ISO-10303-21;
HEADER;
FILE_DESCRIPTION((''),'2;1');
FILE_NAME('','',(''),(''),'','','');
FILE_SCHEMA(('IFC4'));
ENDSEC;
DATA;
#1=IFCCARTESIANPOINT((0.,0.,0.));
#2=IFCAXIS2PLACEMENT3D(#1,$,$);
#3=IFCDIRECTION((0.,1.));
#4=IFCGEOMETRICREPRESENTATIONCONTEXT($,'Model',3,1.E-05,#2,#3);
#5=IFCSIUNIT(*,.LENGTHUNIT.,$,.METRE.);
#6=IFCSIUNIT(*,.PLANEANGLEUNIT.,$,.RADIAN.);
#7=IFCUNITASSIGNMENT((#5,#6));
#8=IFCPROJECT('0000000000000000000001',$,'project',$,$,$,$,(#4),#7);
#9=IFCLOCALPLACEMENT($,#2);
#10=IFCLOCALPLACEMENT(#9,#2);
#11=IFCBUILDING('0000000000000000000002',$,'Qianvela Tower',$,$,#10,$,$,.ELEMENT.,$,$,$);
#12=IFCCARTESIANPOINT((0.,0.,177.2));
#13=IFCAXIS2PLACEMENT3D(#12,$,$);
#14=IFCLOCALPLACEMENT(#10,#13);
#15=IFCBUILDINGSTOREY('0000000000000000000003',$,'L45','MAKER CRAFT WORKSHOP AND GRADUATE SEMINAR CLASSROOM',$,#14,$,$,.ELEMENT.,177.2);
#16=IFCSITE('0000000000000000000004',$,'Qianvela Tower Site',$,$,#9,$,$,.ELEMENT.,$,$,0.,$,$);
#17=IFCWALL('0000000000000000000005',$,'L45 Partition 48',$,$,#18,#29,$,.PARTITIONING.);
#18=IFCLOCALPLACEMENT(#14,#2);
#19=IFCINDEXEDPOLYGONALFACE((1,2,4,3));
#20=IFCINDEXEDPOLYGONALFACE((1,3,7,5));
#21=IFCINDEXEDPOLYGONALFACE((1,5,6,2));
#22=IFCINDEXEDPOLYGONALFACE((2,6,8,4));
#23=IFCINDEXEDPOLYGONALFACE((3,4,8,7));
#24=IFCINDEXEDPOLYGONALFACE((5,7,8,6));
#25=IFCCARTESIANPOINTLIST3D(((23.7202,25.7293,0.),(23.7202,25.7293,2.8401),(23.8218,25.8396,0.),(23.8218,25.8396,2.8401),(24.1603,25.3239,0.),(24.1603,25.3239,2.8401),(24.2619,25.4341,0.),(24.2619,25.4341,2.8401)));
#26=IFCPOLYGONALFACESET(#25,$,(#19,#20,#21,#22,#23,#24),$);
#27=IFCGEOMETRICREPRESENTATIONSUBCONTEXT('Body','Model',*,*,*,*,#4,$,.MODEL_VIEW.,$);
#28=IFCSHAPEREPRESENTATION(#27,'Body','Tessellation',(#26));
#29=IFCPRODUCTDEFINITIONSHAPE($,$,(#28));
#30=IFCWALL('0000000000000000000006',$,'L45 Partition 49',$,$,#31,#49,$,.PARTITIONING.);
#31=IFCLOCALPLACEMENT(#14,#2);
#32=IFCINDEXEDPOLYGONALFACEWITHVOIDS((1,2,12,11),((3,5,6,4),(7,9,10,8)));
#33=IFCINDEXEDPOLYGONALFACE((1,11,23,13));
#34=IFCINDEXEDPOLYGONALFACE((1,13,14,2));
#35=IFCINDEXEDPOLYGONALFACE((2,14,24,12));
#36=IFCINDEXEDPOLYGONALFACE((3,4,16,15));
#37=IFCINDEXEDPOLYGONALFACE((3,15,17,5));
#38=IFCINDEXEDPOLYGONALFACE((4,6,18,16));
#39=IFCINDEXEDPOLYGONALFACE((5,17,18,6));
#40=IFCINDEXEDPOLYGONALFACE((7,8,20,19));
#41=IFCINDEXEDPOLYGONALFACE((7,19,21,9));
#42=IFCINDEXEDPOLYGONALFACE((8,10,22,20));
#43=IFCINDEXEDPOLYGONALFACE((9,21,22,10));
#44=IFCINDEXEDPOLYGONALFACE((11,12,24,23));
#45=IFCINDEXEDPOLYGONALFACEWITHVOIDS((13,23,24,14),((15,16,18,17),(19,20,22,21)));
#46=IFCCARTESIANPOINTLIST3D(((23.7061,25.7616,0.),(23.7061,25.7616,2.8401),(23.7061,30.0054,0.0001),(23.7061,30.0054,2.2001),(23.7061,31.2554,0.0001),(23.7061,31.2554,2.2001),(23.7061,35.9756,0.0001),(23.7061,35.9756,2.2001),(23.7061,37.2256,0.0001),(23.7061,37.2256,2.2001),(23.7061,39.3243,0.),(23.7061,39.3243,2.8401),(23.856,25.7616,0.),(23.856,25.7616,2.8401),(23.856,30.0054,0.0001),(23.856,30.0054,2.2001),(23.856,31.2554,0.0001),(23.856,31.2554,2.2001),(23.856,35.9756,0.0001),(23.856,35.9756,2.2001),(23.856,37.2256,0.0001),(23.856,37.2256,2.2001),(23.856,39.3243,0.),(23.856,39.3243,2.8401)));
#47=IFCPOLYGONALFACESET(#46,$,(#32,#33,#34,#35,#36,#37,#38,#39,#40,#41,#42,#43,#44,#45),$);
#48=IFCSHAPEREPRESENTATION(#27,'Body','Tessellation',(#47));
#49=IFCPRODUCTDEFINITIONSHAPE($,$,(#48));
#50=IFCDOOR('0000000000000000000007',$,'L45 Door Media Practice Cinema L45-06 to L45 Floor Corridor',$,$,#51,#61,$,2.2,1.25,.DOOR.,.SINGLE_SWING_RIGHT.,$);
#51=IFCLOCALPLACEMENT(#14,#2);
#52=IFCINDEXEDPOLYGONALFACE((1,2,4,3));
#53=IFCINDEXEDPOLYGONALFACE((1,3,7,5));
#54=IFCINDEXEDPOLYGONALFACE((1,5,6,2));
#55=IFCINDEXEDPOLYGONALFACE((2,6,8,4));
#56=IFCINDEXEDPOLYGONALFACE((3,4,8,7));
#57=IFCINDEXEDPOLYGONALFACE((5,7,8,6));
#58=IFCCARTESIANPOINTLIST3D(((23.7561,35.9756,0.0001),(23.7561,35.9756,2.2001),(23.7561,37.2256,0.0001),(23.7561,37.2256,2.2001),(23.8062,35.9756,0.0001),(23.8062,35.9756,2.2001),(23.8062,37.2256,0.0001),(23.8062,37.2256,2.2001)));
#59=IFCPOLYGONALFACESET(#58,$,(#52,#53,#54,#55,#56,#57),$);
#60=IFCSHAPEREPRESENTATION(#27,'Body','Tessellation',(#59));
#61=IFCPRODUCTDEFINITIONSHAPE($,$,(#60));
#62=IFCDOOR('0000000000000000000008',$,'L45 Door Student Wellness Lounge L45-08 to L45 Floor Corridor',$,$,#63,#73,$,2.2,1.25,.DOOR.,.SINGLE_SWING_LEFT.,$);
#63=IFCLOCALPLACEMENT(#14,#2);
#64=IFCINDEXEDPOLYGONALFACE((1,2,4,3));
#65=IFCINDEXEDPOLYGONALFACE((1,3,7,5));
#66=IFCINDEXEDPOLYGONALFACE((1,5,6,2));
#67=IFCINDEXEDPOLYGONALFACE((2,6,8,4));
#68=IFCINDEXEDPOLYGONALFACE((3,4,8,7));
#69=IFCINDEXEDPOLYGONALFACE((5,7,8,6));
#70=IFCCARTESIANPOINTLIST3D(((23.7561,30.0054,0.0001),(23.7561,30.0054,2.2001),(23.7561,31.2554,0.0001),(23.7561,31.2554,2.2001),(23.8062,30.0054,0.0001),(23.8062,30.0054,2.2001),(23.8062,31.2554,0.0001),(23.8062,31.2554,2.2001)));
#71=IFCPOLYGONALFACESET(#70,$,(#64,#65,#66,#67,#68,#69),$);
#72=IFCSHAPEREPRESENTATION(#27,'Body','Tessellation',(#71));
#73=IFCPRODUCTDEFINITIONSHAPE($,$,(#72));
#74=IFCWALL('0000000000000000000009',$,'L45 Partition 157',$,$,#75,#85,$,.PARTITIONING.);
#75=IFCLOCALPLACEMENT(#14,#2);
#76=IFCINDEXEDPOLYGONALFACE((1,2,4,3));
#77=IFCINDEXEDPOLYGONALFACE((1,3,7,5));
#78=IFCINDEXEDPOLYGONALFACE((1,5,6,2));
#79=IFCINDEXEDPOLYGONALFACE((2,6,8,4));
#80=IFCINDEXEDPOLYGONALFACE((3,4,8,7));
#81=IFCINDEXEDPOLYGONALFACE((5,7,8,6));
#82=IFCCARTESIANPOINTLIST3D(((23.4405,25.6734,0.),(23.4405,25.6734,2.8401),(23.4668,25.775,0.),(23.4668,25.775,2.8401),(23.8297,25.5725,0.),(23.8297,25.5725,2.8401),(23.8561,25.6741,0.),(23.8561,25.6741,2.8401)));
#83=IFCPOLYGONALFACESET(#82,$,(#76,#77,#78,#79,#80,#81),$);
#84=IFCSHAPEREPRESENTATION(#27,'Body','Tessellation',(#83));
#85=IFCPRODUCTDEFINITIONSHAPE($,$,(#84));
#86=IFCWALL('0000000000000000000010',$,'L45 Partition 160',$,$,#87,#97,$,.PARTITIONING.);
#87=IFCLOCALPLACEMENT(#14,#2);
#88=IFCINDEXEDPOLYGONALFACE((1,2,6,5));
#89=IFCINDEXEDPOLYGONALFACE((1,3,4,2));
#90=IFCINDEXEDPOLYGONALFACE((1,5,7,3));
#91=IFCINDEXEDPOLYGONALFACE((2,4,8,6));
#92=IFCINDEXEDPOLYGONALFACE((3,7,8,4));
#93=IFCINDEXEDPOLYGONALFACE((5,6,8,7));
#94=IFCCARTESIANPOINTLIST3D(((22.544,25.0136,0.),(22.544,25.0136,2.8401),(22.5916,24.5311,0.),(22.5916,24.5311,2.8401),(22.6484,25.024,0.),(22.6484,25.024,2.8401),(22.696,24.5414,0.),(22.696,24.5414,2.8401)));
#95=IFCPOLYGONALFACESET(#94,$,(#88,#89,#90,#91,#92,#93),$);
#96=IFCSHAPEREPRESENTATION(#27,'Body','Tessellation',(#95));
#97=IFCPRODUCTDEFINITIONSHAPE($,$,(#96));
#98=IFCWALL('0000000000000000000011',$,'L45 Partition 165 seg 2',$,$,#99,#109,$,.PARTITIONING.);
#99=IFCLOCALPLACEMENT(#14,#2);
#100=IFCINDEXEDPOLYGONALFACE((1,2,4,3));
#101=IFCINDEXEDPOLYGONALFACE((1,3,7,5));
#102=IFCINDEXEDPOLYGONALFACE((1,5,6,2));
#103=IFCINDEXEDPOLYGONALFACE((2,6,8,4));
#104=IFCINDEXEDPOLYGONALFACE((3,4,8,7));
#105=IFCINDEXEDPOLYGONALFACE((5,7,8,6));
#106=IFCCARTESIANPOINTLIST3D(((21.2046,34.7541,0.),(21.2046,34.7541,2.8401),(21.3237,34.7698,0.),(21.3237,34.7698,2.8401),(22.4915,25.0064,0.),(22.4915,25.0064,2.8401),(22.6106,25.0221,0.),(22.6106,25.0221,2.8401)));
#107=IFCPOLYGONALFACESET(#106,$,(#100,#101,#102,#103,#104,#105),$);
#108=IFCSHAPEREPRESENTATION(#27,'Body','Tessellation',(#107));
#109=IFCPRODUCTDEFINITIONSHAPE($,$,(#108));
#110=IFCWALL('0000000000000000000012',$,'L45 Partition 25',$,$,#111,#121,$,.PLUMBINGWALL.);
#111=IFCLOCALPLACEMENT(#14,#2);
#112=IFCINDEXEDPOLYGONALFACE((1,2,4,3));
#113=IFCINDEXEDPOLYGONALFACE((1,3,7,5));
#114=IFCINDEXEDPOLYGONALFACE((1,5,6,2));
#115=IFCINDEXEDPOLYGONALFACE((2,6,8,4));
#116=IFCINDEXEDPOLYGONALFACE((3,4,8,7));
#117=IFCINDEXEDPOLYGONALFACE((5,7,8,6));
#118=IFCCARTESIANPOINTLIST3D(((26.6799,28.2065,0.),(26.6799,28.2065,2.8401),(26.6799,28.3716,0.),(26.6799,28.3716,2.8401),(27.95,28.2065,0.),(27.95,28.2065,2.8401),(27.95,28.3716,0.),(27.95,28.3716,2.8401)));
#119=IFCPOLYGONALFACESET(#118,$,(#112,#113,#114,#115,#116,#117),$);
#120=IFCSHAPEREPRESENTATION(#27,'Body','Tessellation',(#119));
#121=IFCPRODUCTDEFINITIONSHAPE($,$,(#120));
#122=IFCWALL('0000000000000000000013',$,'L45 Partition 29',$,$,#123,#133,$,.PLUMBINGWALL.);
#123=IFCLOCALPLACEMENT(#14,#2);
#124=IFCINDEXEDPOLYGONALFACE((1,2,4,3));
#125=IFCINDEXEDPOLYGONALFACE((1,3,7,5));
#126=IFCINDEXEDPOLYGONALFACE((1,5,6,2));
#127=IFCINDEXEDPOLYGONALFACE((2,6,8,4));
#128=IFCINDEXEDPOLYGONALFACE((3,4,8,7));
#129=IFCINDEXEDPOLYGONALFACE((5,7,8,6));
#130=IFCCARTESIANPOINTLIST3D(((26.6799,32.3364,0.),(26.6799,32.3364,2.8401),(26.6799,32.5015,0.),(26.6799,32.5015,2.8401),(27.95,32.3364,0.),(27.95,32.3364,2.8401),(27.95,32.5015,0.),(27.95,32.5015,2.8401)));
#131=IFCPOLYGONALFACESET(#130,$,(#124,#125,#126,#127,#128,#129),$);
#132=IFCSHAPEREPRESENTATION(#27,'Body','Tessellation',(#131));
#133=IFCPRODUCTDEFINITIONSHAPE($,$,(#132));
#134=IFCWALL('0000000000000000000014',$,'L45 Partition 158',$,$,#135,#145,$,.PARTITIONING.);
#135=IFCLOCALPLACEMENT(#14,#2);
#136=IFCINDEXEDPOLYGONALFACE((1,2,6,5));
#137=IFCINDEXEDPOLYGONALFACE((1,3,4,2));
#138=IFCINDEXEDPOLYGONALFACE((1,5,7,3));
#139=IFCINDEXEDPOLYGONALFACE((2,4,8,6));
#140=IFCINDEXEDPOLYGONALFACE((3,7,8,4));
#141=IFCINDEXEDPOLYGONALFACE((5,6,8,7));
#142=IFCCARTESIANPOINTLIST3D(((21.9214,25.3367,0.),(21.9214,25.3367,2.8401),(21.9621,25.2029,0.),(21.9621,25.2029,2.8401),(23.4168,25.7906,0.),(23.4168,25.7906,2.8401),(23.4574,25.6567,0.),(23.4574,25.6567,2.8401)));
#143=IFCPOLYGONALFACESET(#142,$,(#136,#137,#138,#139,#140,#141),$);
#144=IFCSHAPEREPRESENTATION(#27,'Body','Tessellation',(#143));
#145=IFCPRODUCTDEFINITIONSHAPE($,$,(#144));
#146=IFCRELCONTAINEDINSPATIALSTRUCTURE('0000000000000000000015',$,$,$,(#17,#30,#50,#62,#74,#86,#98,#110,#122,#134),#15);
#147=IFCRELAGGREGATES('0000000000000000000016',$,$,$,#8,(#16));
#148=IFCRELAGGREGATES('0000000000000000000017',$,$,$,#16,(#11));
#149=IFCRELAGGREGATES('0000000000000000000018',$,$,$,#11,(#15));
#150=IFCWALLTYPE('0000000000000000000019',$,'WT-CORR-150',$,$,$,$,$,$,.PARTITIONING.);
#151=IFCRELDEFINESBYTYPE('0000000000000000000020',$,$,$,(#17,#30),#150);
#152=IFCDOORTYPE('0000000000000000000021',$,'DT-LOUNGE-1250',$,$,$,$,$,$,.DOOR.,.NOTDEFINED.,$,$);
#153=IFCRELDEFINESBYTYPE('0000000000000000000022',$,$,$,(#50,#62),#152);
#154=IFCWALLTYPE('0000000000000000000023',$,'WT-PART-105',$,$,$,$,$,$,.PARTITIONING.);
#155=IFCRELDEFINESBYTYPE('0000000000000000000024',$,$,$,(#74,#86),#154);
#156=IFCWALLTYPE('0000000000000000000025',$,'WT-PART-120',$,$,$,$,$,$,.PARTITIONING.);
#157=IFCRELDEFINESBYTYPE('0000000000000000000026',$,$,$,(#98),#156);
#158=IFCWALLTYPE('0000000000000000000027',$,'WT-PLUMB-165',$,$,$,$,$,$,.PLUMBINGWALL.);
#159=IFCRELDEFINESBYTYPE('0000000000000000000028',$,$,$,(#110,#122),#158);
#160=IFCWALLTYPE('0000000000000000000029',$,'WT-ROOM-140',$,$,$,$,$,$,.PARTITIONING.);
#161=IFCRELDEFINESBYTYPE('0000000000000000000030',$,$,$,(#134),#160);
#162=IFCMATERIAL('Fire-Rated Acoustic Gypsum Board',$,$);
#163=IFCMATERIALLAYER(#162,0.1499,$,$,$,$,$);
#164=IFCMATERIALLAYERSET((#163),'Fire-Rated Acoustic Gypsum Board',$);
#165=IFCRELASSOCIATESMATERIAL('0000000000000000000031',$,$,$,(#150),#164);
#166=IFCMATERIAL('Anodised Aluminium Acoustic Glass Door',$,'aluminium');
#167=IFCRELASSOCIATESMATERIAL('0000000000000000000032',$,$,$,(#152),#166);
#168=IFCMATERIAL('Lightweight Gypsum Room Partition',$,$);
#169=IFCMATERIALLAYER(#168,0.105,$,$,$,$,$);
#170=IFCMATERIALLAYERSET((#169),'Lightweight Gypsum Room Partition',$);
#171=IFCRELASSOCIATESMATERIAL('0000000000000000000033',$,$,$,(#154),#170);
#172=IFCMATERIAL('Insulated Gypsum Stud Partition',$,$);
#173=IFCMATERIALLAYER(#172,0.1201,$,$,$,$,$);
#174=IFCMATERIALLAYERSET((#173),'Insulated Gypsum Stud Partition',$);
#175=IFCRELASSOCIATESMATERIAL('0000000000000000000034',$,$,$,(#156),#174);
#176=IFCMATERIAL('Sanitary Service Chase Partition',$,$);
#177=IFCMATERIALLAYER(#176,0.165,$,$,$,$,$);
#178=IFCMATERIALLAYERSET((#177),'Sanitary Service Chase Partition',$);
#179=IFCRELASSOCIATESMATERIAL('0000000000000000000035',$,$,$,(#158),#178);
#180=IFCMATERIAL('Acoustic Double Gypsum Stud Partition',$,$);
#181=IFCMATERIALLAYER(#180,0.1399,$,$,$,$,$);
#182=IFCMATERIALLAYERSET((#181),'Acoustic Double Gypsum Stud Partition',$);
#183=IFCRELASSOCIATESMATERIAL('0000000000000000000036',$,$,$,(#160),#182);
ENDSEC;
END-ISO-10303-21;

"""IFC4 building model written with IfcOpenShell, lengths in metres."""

from ifc_helpers import new_model, si_unit, direction, frame, frame_2d, origin, place, context, subcontext, project, spatial, rectangle, extrude, material, layer, layer_set, type_object, element, fill, save


model = new_model("IFC4")

# Units and contexts
model_context = context("Model", 3, precision=1e-05, world=origin(), true_north=direction((0.0, 1.0)))
body_context = subcontext(model_context, "Body", "Model", "MODEL_VIEW")
ifc_project = project(units=[si_unit("LENGTHUNIT", "METRE"), si_unit("PLANEANGLEUNIT", "RADIAN")], contexts=[model_context])

# Site, building, storey
site_placement = place(None, origin())
site = spatial("IfcSite", under=ifc_project, at=site_placement, Name="Qianvela Tower Site", CompositionType="ELEMENT", RefElevation=0.0)
building_placement = place(site_placement, origin())
building = spatial("IfcBuilding", under=site, at=building_placement, Name="Qianvela Tower", CompositionType="ELEMENT")
storey_placement = place(building_placement, frame((0.0, 0.0, 177.2)))
storey = spatial("IfcBuildingStorey", under=building, at=storey_placement, Name="L45", Description="MAKER CRAFT WORKSHOP AND GRADUATE SEMINAR CLASSROOM", CompositionType="ELEMENT", Elevation=177.2)

# Wall
ifc_material_1 = material(Name="Fire-Rated Acoustic Gypsum Board")
ifc_layer_1 = layer(ifc_material_1, 0.1499)
ifc_layer_set_1 = layer_set([ifc_layer_1], Name="Fire-Rated Acoustic Gypsum Board")
wall_type_1 = type_object("IfcWallType", Name="WT-CORR-150", PredefinedType="PARTITIONING", material=ifc_layer_set_1)
wall_1_placement = place(storey_placement, frame((24.2112, 25.3789, 0.0), z_axis=(0.0, 0.0, 1.0), x_axis=(-0.735476, 0.677551, 0.0)))
element("IfcWall", 1, at=wall_1_placement, inside=storey, type_object=wall_type_1, Name="L45 Partition 48", PredefinedType="PARTITIONING", context=body_context, shape_type="SweptSolid", body=[
    extrude(rectangle(XDim=0.5984, YDim=0.1499, at=frame_2d((0.2993, 0.0))), origin(), (0.0, 0.0, 1.0), 2.8401),
])

# Wall, openings, doors
wall_2_placement = place(storey_placement, frame((23.781, 25.7617, 0.0), z_axis=(0.0, 0.0, 1.0), x_axis=(0.0, 1.0, 0.0)))
wall_2 = element("IfcWall", 2, at=wall_2_placement, inside=storey, type_object=wall_type_1, Name="L45 Partition 49", PredefinedType="PARTITIONING", context=body_context, shape_type="SweptSolid", body=[
    extrude(rectangle(XDim=13.5627, YDim=0.1499, at=frame_2d((6.7812, 0.0))), origin(), (0.0, 0.0, 1.0), 2.8401),
])
opening_1_placement = place(wall_2_placement, frame((10.2139, 0.0, 0.0)))
opening_1 = element("IfcOpeningElement", 3, at=opening_1_placement, cuts=wall_2, PredefinedType="OPENING", context=body_context, shape_type="SweptSolid", body=[
    extrude(rectangle(XDim=1.25, YDim=2.2, at=frame_2d((0.625, 1.1001))), frame((0.0, 0.085, 0.0), z_axis=(0.0, -1.0, 0.0), x_axis=(1.0, 0.0, 0.0)), (0.0, 0.0, 1.0), 0.1699),
])
opening_2_placement = place(wall_2_placement, frame((4.2437, 0.0, 0.0)))
opening_2 = element("IfcOpeningElement", 4, at=opening_2_placement, cuts=wall_2, PredefinedType="OPENING", context=body_context, shape_type="SweptSolid", body=[
    extrude(rectangle(XDim=1.25, YDim=2.2, at=frame_2d((0.625, 1.1001))), frame((0.0, 0.085, 0.0), z_axis=(0.0, -1.0, 0.0), x_axis=(1.0, 0.0, 0.0)), (0.0, 0.0, 1.0), 0.1699),
])
ifc_material_2 = material(Name="Anodised Aluminium Acoustic Glass Door", Category="aluminium")
door_type_1 = type_object("IfcDoorType", Name="DT-LOUNGE-1250", OperationType="NOTDEFINED", PredefinedType="DOOR", material=ifc_material_2)
door_1_placement = place(opening_1_placement, origin())
door_1 = element("IfcDoor", 5, at=door_1_placement, inside=storey, type_object=door_type_1, Name="L45 Door Media Practice Cinema L45-06 to L45 Floor Corridor", OperationType="SINGLE_SWING_RIGHT", OverallHeight=2.2, OverallWidth=1.25, PredefinedType="DOOR", context=body_context, shape_type="SweptSolid", body=[
    extrude(rectangle(XDim=1.25, YDim=2.2, at=frame_2d((0.625, 1.1001))), frame((0.0, 0.0249, 0.0), z_axis=(0.0, -1.0, 0.0), x_axis=(1.0, 0.0, 0.0)), (0.0, 0.0, 1.0), 0.05),
])
fill(opening_1, door_1)
door_2_placement = place(opening_2_placement, origin())
door_2 = element("IfcDoor", 6, at=door_2_placement, inside=storey, type_object=door_type_1, Name="L45 Door Student Wellness Lounge L45-08 to L45 Floor Corridor", OperationType="SINGLE_SWING_LEFT", OverallHeight=2.2, OverallWidth=1.25, PredefinedType="DOOR", context=body_context, shape_type="SweptSolid", body=[
    extrude(rectangle(XDim=1.25, YDim=2.2, at=frame_2d((0.625, 1.1001))), frame((0.0, 0.0249, 0.0), z_axis=(0.0, -1.0, 0.0), x_axis=(1.0, 0.0, 0.0)), (0.0, 0.0, 1.0), 0.05),
])
fill(opening_2, door_2)

# Walls
ifc_material_3 = material(Name="Lightweight Gypsum Room Partition")
ifc_layer_2 = layer(ifc_material_3, 0.105)
ifc_layer_set_2 = layer_set([ifc_layer_2], Name="Lightweight Gypsum Room Partition")
wall_type_2 = type_object("IfcWallType", Name="WT-PART-105", PredefinedType="PARTITIONING", material=ifc_layer_set_2)
wall_3_placement = place(storey_placement, frame((23.843, 25.6233, 0.0), z_axis=(0.0, 0.0, 1.0), x_axis=(-0.968035, 0.250815, 0.0)))
element("IfcWall", 7, at=wall_3_placement, inside=storey, type_object=wall_type_2, Name="L45 Partition 157", PredefinedType="PARTITIONING", context=body_context, shape_type="SweptSolid", body=[
    extrude(rectangle(XDim=0.4021, YDim=0.105, at=frame_2d((0.2012, 0.0))), origin(), (0.0, 0.0, 1.0), 2.8401),
])
wall_4_placement = place(storey_placement, frame((22.5962, 25.0188, 0.0), z_axis=(0.0, 0.0, 1.0), x_axis=(0.098207, -0.995166, 0.0)))
element("IfcWall", 8, at=wall_4_placement, inside=storey, type_object=wall_type_2, Name="L45 Partition 160", PredefinedType="PARTITIONING", context=body_context, shape_type="SweptSolid", body=[
    extrude(rectangle(XDim=0.4849, YDim=0.105, at=frame_2d((0.2424, 0.0))), origin(), (0.0, 0.0, 1.0), 2.8401),
])
ifc_material_4 = material(Name="Insulated Gypsum Stud Partition")
ifc_layer_3 = layer(ifc_material_4, 0.1201)
ifc_layer_set_3 = layer_set([ifc_layer_3], Name="Insulated Gypsum Stud Partition")
wall_type_3 = type_object("IfcWallType", Name="WT-PART-120", PredefinedType="PARTITIONING", material=ifc_layer_set_3)
wall_5_placement = place(storey_placement, frame((22.551, 25.0144, 0.0), z_axis=(0.0, 0.0, 1.0), x_axis=(-0.13088, 0.991398, 0.0)))
element("IfcWall", 9, at=wall_5_placement, inside=storey, type_object=wall_type_3, Name="L45 Partition 165 seg 2", PredefinedType="PARTITIONING", context=body_context, shape_type="SweptSolid", body=[
    extrude(rectangle(XDim=9.8323, YDim=0.1201, at=frame_2d((4.916, 0.0))), origin(), (0.0, 0.0, 1.0), 2.8401),
])
ifc_material_5 = material(Name="Sanitary Service Chase Partition")
ifc_layer_4 = layer(ifc_material_5, 0.165)
ifc_layer_set_4 = layer_set([ifc_layer_4], Name="Sanitary Service Chase Partition")
wall_type_4 = type_object("IfcWallType", Name="WT-PLUMB-165", PredefinedType="PLUMBINGWALL", material=ifc_layer_set_4)
for number, where, z_axis, x_axis, name in (
    (10, (26.6799, 28.2891, 0.0), (0.0, 0.0, 1.0), (1.0, 0.0, 0.0), "L45 Partition 25"),
    (11, (26.6799, 32.4189, 0.0), (0.0, 0.0, 1.0), (1.0, 0.0, 0.0), "L45 Partition 29"),
):
    element("IfcWall", number, at=place(storey_placement, frame(where, z_axis=z_axis, x_axis=x_axis)), inside=storey, type_object=wall_type_4, Name=name, PredefinedType="PLUMBINGWALL", context=body_context, shape_type="SweptSolid", body=[
        extrude(rectangle(XDim=1.27, YDim=0.165, at=frame_2d((0.635, 0.0))), origin(), (0.0, 0.0, 1.0), 2.8401),
    ])
ifc_material_6 = material(Name="Acoustic Double Gypsum Stud Partition")
ifc_layer_5 = layer(ifc_material_6, 0.1399)
ifc_layer_set_5 = layer_set([ifc_layer_5], Name="Acoustic Double Gypsum Stud Partition")
wall_type_5 = type_object("IfcWallType", Name="WT-ROOM-140", PredefinedType="PARTITIONING", material=ifc_layer_set_5)
wall_6_placement = place(storey_placement, frame((23.437, 25.7236, 0.0), z_axis=(0.0, 0.0, 1.0), x_axis=(-0.956897, -0.290428, 0.0)))
element("IfcWall", 12, at=wall_6_placement, inside=storey, type_object=wall_type_5, Name="L45 Partition 158", PredefinedType="PARTITIONING", context=body_context, shape_type="SweptSolid", body=[
    extrude(rectangle(XDim=1.5627, YDim=0.1399, at=frame_2d((0.7812, 0.0))), origin(), (0.0, 0.0, 1.0), 2.8401),
])

save(model, "model.ifc")
